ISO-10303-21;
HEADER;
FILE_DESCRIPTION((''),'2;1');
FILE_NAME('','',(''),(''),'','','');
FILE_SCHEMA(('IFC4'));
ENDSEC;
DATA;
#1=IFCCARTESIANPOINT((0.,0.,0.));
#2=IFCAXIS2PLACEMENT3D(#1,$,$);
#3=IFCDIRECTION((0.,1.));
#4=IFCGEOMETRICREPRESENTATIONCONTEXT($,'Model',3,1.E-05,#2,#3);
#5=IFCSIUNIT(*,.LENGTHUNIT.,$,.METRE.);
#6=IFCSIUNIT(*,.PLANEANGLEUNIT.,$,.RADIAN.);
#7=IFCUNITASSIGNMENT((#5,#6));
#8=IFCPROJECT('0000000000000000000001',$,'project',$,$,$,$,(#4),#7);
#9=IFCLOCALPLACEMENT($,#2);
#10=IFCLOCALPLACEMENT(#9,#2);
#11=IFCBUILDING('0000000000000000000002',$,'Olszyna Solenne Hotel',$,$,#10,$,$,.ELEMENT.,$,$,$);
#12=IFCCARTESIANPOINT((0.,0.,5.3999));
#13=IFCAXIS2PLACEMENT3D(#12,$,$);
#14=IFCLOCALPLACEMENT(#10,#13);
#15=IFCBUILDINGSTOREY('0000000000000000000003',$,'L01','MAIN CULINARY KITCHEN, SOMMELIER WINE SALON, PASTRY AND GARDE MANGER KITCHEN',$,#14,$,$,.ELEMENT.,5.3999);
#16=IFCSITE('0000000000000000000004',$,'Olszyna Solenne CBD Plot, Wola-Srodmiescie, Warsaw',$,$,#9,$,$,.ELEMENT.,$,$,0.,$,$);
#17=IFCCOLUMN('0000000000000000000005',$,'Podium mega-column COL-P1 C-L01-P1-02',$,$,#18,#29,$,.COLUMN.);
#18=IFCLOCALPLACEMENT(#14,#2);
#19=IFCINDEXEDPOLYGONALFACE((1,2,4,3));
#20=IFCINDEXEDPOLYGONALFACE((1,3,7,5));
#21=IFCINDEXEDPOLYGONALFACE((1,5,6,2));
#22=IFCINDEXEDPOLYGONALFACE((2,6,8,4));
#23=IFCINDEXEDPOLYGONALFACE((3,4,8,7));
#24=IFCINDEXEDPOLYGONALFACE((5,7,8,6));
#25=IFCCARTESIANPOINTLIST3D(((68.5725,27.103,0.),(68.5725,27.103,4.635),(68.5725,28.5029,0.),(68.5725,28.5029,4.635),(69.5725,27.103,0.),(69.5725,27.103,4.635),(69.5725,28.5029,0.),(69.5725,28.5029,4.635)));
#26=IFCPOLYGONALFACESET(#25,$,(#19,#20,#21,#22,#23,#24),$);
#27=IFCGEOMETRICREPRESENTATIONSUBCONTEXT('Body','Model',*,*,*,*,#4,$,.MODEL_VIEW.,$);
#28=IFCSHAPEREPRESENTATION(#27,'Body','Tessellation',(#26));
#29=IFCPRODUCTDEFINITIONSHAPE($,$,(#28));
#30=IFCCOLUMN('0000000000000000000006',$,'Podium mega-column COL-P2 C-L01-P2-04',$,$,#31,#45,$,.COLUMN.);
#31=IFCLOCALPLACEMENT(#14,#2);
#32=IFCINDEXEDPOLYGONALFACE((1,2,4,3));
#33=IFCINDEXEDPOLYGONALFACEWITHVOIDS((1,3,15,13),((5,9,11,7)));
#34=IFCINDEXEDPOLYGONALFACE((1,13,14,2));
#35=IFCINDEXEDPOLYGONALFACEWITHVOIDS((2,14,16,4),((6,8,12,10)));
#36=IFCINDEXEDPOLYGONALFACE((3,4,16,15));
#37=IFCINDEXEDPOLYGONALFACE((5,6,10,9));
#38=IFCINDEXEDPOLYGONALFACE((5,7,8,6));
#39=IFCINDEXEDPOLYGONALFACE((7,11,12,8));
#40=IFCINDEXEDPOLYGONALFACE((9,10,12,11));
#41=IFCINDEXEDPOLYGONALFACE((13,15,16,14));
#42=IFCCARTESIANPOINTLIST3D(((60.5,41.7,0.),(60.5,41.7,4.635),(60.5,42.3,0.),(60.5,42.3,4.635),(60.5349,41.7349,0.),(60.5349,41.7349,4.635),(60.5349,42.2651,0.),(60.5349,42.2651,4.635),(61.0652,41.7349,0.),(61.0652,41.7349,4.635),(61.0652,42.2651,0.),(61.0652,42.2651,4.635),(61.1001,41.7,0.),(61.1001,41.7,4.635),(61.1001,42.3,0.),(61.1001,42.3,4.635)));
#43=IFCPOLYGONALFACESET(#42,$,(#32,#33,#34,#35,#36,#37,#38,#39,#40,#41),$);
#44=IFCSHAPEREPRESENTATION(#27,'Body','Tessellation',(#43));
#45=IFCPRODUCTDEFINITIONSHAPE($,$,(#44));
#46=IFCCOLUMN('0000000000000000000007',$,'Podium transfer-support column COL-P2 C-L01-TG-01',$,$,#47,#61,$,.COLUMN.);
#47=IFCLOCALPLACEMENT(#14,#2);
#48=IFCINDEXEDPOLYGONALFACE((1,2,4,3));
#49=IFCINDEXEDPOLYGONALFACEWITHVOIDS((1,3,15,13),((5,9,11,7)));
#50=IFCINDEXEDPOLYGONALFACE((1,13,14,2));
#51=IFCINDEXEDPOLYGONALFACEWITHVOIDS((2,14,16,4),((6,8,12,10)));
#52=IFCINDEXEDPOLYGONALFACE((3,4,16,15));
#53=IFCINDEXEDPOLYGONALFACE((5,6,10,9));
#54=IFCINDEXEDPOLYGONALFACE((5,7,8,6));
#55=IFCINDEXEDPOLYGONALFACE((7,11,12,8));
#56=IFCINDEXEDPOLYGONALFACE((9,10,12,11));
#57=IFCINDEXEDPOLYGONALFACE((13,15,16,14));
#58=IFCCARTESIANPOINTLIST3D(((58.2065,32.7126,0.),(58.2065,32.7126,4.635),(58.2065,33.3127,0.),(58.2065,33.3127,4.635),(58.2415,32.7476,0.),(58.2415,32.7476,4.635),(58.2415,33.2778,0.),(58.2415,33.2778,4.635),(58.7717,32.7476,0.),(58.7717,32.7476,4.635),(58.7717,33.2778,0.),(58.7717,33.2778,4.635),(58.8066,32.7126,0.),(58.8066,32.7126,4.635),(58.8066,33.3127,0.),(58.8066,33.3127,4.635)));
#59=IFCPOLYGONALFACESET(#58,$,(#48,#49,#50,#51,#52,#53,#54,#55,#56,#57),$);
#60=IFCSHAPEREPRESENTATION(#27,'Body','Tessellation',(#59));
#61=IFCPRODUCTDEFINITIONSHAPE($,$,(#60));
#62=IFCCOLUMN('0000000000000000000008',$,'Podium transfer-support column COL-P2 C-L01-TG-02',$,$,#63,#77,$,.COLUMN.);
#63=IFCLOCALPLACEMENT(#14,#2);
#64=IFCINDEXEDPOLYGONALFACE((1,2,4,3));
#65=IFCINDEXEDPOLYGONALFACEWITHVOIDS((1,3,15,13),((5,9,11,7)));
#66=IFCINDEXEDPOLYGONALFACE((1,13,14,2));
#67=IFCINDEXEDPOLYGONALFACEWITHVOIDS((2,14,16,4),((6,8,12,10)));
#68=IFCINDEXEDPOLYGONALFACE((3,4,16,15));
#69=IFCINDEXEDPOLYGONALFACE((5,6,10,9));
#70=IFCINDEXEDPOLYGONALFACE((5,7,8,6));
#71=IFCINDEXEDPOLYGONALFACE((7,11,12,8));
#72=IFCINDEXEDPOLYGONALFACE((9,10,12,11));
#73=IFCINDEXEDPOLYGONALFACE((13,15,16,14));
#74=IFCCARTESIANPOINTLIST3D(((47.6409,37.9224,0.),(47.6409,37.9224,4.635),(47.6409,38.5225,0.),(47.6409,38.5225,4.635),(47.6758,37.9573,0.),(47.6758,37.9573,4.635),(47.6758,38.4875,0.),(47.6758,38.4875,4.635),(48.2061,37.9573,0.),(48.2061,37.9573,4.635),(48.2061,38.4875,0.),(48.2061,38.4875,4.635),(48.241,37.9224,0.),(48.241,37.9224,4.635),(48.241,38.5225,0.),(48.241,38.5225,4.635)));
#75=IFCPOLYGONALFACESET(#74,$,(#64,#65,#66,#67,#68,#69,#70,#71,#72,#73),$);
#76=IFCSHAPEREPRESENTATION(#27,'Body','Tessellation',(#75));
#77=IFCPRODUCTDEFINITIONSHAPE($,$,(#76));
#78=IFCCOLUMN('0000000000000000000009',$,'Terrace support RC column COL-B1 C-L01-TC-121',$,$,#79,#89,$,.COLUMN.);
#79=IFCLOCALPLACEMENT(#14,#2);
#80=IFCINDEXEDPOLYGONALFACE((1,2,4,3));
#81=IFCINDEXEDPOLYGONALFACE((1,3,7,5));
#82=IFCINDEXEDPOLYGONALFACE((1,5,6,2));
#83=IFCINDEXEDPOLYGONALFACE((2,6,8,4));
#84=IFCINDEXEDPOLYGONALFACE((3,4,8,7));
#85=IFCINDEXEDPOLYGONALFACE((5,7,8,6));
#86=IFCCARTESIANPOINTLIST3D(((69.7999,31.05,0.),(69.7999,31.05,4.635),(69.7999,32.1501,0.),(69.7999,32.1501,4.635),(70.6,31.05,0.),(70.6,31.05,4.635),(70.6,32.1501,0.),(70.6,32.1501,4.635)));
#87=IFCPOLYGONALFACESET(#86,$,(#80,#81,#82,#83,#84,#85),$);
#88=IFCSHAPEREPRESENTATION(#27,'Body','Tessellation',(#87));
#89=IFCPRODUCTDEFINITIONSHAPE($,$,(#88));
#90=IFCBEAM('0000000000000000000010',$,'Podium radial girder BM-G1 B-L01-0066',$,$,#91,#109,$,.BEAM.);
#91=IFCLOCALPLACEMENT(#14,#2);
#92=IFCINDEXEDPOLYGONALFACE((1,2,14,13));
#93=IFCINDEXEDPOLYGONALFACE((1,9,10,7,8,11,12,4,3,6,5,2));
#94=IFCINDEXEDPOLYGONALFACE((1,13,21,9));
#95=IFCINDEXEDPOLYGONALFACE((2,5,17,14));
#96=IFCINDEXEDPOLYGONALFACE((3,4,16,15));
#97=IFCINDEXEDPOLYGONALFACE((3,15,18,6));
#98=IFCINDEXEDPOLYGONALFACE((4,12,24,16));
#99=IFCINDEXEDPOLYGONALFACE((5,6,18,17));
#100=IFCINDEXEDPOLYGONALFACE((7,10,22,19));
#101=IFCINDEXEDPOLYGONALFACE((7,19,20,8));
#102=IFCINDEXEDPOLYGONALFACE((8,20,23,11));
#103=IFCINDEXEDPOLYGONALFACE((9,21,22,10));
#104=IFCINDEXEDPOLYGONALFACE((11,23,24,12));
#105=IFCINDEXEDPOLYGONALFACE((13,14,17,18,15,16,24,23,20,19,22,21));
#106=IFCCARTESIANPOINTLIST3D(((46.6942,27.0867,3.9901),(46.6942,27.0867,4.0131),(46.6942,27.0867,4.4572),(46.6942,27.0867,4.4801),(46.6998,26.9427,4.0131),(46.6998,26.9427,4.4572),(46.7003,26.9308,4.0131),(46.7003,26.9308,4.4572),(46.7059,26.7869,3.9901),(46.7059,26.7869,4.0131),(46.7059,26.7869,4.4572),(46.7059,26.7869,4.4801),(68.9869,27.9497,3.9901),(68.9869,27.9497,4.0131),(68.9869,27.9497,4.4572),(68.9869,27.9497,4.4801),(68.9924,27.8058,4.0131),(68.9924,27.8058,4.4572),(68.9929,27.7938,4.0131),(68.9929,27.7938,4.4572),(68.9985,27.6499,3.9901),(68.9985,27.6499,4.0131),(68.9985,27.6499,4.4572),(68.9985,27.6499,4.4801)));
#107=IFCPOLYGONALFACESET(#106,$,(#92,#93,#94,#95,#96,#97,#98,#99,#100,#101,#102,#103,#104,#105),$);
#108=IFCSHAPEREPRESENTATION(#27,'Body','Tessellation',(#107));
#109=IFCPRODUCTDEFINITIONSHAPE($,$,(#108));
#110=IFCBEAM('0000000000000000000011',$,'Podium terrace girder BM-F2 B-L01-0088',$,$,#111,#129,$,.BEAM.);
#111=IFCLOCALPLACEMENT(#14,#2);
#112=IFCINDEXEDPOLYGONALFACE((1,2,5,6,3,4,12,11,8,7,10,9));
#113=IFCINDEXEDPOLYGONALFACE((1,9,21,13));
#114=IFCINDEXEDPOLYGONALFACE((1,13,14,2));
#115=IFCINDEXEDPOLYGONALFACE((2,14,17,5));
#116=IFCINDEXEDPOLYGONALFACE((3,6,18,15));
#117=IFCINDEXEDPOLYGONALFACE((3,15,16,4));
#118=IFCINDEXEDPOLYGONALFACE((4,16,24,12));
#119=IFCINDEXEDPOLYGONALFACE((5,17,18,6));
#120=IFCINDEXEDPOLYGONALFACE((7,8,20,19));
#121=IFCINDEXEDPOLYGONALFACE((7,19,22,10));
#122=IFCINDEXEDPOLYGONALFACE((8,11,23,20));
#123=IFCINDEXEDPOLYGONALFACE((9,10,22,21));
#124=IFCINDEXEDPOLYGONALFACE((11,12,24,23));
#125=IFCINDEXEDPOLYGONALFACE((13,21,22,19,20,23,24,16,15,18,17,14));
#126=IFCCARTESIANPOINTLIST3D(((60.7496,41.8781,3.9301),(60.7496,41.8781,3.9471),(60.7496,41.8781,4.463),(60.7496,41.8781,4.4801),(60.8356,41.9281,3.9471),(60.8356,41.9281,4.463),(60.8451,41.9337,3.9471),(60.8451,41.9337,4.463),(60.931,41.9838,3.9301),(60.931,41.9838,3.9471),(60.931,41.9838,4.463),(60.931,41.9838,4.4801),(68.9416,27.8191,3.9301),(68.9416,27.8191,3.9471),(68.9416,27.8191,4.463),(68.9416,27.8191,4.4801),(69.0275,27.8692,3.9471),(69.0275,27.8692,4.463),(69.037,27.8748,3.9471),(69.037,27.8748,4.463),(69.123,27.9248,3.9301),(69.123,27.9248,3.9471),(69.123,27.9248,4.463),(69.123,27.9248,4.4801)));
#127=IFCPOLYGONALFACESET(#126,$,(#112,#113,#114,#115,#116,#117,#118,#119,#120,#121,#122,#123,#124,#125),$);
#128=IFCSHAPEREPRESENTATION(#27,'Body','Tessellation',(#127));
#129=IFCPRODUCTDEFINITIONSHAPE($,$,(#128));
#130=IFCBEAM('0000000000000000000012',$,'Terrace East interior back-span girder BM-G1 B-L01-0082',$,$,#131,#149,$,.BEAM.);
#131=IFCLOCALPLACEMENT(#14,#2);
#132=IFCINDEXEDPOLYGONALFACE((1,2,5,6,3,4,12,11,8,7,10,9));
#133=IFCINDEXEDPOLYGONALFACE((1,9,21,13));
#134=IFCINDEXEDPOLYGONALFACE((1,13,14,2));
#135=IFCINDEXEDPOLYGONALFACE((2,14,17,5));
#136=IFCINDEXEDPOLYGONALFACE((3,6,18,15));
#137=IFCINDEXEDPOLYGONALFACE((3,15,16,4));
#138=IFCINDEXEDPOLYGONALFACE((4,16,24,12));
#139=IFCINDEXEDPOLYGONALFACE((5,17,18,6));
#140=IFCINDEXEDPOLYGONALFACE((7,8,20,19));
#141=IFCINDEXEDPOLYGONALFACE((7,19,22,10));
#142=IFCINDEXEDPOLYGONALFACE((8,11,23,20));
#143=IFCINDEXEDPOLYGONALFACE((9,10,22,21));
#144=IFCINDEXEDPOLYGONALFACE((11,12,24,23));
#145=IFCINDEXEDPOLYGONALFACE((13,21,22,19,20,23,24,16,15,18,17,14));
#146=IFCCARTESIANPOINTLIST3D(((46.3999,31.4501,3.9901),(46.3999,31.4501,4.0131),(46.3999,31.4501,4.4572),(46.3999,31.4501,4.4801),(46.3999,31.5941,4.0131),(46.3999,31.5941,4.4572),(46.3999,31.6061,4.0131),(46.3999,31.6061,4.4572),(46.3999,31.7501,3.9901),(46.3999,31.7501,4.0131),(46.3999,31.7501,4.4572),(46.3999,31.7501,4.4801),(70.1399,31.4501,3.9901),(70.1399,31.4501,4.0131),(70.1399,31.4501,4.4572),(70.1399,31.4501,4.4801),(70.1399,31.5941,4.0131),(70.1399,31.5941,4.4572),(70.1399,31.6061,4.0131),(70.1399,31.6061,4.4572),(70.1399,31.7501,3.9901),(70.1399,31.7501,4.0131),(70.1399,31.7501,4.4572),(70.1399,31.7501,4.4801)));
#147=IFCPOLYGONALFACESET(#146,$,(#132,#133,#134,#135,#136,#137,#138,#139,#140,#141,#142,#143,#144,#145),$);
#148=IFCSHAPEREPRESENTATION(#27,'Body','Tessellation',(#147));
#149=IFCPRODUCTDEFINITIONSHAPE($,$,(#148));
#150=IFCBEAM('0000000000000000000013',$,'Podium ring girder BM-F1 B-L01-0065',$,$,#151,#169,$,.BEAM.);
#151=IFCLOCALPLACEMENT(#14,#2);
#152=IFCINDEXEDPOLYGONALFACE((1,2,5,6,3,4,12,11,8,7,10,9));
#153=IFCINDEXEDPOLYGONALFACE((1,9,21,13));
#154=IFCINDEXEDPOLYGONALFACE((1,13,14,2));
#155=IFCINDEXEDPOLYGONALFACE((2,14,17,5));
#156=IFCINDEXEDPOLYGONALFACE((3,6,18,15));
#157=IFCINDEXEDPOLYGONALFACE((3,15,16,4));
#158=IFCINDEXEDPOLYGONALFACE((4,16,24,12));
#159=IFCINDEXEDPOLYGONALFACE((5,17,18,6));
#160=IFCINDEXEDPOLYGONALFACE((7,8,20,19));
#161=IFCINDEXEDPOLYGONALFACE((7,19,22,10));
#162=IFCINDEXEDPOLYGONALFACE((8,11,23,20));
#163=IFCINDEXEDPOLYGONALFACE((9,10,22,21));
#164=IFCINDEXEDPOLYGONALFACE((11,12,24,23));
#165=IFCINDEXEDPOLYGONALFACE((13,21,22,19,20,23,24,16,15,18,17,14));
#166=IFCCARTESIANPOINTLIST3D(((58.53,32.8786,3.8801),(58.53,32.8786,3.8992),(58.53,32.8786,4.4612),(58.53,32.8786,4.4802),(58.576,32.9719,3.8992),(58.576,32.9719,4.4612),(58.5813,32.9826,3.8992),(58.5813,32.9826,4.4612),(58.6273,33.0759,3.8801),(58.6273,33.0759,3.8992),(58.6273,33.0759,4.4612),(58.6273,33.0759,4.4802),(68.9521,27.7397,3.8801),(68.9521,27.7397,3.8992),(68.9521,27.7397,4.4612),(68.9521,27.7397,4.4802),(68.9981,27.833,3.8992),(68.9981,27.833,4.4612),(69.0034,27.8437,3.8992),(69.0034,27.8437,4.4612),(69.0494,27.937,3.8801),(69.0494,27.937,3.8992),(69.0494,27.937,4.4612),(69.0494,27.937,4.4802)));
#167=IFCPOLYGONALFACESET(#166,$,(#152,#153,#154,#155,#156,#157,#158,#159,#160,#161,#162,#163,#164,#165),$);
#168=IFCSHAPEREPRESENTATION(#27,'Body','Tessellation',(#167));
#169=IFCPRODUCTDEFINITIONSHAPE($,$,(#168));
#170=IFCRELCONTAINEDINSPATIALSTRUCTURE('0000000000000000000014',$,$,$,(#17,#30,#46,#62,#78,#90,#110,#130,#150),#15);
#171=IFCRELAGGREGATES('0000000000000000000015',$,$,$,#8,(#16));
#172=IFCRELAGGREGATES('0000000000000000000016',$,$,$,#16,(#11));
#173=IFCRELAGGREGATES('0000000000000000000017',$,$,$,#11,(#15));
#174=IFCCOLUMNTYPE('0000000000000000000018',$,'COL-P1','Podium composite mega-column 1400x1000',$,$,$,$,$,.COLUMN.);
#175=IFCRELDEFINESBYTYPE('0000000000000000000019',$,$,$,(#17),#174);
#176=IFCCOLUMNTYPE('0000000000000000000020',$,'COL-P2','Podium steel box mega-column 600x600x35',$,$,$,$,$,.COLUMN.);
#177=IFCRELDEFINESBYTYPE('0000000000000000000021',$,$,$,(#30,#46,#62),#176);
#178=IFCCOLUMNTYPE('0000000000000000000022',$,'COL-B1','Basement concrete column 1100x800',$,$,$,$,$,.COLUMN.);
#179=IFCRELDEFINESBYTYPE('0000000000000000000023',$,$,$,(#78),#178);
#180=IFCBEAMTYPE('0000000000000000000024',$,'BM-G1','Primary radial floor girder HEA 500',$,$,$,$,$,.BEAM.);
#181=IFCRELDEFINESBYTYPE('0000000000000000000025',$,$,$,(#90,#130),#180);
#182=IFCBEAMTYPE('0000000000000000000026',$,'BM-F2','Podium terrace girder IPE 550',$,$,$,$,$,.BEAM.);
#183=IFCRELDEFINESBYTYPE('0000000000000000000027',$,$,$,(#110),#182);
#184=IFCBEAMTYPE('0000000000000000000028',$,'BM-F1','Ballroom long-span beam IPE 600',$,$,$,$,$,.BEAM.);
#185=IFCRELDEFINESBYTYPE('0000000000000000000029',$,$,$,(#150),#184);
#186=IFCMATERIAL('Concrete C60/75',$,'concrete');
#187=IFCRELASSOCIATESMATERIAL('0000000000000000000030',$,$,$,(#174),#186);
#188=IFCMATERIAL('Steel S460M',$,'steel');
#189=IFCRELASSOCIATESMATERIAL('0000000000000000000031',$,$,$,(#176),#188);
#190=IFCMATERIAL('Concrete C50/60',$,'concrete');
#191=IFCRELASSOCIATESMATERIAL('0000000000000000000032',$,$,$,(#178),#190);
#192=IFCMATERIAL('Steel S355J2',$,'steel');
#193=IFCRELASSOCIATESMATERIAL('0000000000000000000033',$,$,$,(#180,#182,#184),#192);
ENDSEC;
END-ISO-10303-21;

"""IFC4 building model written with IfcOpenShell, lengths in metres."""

from ifc_helpers import new_model, si_unit, direction, frame, origin, origin_2d, place, context, subcontext, project, spatial, rectangle, hollow_rectangle, i_section, extrude, source, transform, mapped, material, material_profile, profile_set, type_object, element, save


model = new_model("IFC4")

# Units and contexts
model_context = context("Model", 3, precision=1e-05, world=origin(), true_north=direction((0.0, 1.0)))
body_context = subcontext(model_context, "Body", "Model", "MODEL_VIEW")
ifc_project = project(units=[si_unit("LENGTHUNIT", "METRE"), si_unit("PLANEANGLEUNIT", "RADIAN")], contexts=[model_context])

# Site, building, storey
site_placement = place(None, origin())
site = spatial("IfcSite", under=ifc_project, at=site_placement, Name="Olszyna Solenne CBD Plot, Wola-Srodmiescie, Warsaw", CompositionType="ELEMENT", RefElevation=0.0)
building_placement = place(site_placement, origin())
building = spatial("IfcBuilding", under=site, at=building_placement, Name="Olszyna Solenne Hotel", CompositionType="ELEMENT")
storey_placement = place(building_placement, frame((0.0, 0.0, 5.3999)))
storey = spatial("IfcBuildingStorey", under=building, at=storey_placement, Name="L01", Description="MAIN CULINARY KITCHEN, SOMMELIER WINE SALON, PASTRY AND GARDE MANGER KITCHEN", CompositionType="ELEMENT", Elevation=5.3999)

# Columns
ifc_material_1 = material(Name="Concrete C60/75", Category="concrete")
ifc_material_profile_1 = material_profile(ifc_material_1, rectangle(XDim=1.0, YDim=1.3999, at=origin_2d()), Name="RC 1400x1000", Category="load-bearing")
ifc_profile_set_1 = profile_set([ifc_material_profile_1], Name="Concrete C60/75")
column_type_1 = type_object("IfcColumnType", Name="COL-P1", Description="Podium composite mega-column 1400x1000", PredefinedType="COLUMN", material=ifc_profile_set_1)
shared_shape_1 = source(origin(), body_context, "Body", "SweptSolid", [
    extrude(rectangle(XDim=1.0, YDim=1.3999, at=origin_2d()), origin(), (0.0, 0.0, 1.0), 4.635),
])
column_1_placement = place(storey_placement, frame((69.0725, 27.803, 0.0), z_axis=(0.0, 0.0, 1.0), x_axis=(1.0, 0.0, 0.0)))
element("IfcColumn", 1, at=column_1_placement, inside=storey, type_object=column_type_1, Name="Podium mega-column COL-P1 C-L01-P1-02", PredefinedType="COLUMN", context=body_context, shape_type="MappedRepresentation", body=[
    mapped(shared_shape_1, transform((0.0, 0.0, 0.0), x_axis=(1.0, 0.0, 0.0), y_axis=(0.0, 1.0, 0.0), z_axis=(0.0, 0.0, 1.0), scale=1.0)),
])
ifc_material_2 = material(Name="Steel S460M", Category="steel")
ifc_material_profile_2 = material_profile(ifc_material_2, hollow_rectangle(XDim=0.6001, YDim=0.6001, WallThickness=0.0349, at=origin_2d()), Name="SHS 600x600x35", Category="load-bearing")
ifc_profile_set_2 = profile_set([ifc_material_profile_2], Name="Steel S460M")
column_type_2 = type_object("IfcColumnType", Name="COL-P2", Description="Podium steel box mega-column 600x600x35", PredefinedType="COLUMN", material=ifc_profile_set_2)
shared_shape_2 = source(origin(), body_context, "Body", "SweptSolid", [
    extrude(hollow_rectangle(XDim=0.6001, YDim=0.6001, WallThickness=0.0349, at=origin_2d()), origin(), (0.0, 0.0, 1.0), 4.635),
])
for number, where, z_axis, x_axis, name in (
    (2, (60.8, 42.0, 0.0), (0.0, 0.0, 1.0), (1.0, 0.0, 0.0), "Podium mega-column COL-P2 C-L01-P2-04"),
    (3, (58.5066, 33.0127, 0.0), (0.0, 0.0, 1.0), (1.0, 0.0, 0.0), "Podium transfer-support column COL-P2 C-L01-TG-01"),
    (4, (47.9409, 38.2224, 0.0), (0.0, 0.0, 1.0), (1.0, 0.0, 0.0), "Podium transfer-support column COL-P2 C-L01-TG-02"),
):
    element("IfcColumn", number, at=place(storey_placement, frame(where, z_axis=z_axis, x_axis=x_axis)), inside=storey, type_object=column_type_2, Name=name, PredefinedType="COLUMN", context=body_context, shape_type="MappedRepresentation", body=[
        mapped(shared_shape_2, transform((0.0, 0.0, 0.0), x_axis=(1.0, 0.0, 0.0), y_axis=(0.0, 1.0, 0.0), z_axis=(0.0, 0.0, 1.0), scale=1.0)),
    ])
ifc_material_3 = material(Name="Concrete C50/60", Category="concrete")
ifc_material_profile_3 = material_profile(ifc_material_3, rectangle(XDim=0.8, YDim=1.1001, at=origin_2d()), Name="RC 1100x800", Category="load-bearing")
ifc_profile_set_3 = profile_set([ifc_material_profile_3], Name="Concrete C50/60")
column_type_3 = type_object("IfcColumnType", Name="COL-B1", Description="Basement concrete column 1100x800", PredefinedType="COLUMN", material=ifc_profile_set_3)
shared_shape_3 = source(origin(), body_context, "Body", "SweptSolid", [
    extrude(rectangle(XDim=0.8, YDim=1.1001, at=origin_2d()), origin(), (0.0, 0.0, 1.0), 4.635),
])
column_2_placement = place(storey_placement, frame((70.2, 31.6001, 0.0), z_axis=(0.0, 0.0, 1.0), x_axis=(1.0, 0.0, 0.0)))
element("IfcColumn", 5, at=column_2_placement, inside=storey, type_object=column_type_3, Name="Terrace support RC column COL-B1 C-L01-TC-121", PredefinedType="COLUMN", context=body_context, shape_type="MappedRepresentation", body=[
    mapped(shared_shape_3, transform((0.0, 0.0, 0.0), x_axis=(1.0, 0.0, 0.0), y_axis=(0.0, 1.0, 0.0), z_axis=(0.0, 0.0, 1.0), scale=1.0)),
])

# Beams
ifc_material_4 = material(Name="Steel S355J2", Category="steel")
ifc_material_profile_4 = material_profile(ifc_material_4, i_section(OverallWidth=0.3, OverallDepth=0.49, WebThickness=0.012, FlangeThickness=0.0229, at=origin_2d()), Name="HEA 500", Category="load-bearing")
ifc_profile_set_4 = profile_set([ifc_material_profile_4], Name="Steel S355J2")
beam_type_1 = type_object("IfcBeamType", Name="BM-G1", Description="Primary radial floor girder HEA 500", PredefinedType="BEAM", material=ifc_profile_set_4)
shared_shape_4 = source(origin(), body_context, "Body", "SweptSolid", [
    extrude(i_section(OverallWidth=0.3, OverallDepth=0.49, WebThickness=0.012, FlangeThickness=0.0229, at=origin_2d()), origin(), (0.0, 0.0, 1.0), 22.3093),
])
beam_1_placement = place(storey_placement, frame((68.9927, 27.7998, 4.2351), z_axis=(-0.999251, -0.038685, 0.0), x_axis=(0.038685, -0.999251, 0.0)))
element("IfcBeam", 6, at=beam_1_placement, inside=storey, type_object=beam_type_1, Name="Podium radial girder BM-G1 B-L01-0066", PredefinedType="BEAM", context=body_context, shape_type="MappedRepresentation", body=[
    mapped(shared_shape_4, transform((0.0, 0.0, 0.0), x_axis=(1.0, 0.0, 0.0), y_axis=(0.0, 1.0, 0.0), z_axis=(0.0, 0.0, 1.0), scale=1.0)),
])
ifc_material_profile_5 = material_profile(ifc_material_4, i_section(OverallWidth=0.21, OverallDepth=0.55, WebThickness=0.011, FlangeThickness=0.0171, at=origin_2d()), Name="IPE 550", Category="load-bearing")
ifc_profile_set_5 = profile_set([ifc_material_profile_5], Name="Steel S355J2")
beam_type_2 = type_object("IfcBeamType", Name="BM-F2", Description="Podium terrace girder IPE 550", PredefinedType="BEAM", material=ifc_profile_set_5)
shared_shape_5 = source(origin(), body_context, "Body", "SweptSolid", [
    extrude(i_section(OverallWidth=0.21, OverallDepth=0.55, WebThickness=0.011, FlangeThickness=0.0171, at=origin_2d()), origin(), (0.0, 0.0, 1.0), 16.2715),
])
beam_2_placement = place(storey_placement, frame((60.8403, 41.9309, 4.2051), z_axis=(0.503454, -0.864022, 0.0), x_axis=(0.864022, 0.503454, 0.0)))
element("IfcBeam", 7, at=beam_2_placement, inside=storey, type_object=beam_type_2, Name="Podium terrace girder BM-F2 B-L01-0088", PredefinedType="BEAM", context=body_context, shape_type="MappedRepresentation", body=[
    mapped(shared_shape_5, transform((0.0, 0.0, 0.0), x_axis=(1.0, 0.0, 0.0), y_axis=(0.0, 1.0, 0.0), z_axis=(0.0, 0.0, 1.0), scale=1.0)),
])
shared_shape_6 = source(origin(), body_context, "Body", "SweptSolid", [
    extrude(i_section(OverallWidth=0.3, OverallDepth=0.49, WebThickness=0.012, FlangeThickness=0.0229, at=origin_2d()), origin(), (0.0, 0.0, 1.0), 23.74),
])
beam_3_placement = place(storey_placement, frame((46.3999, 31.6001, 4.2351), z_axis=(1.0, 0.0, 0.0), x_axis=(0.0, 1.0, 0.0)))
element("IfcBeam", 8, at=beam_3_placement, inside=storey, type_object=beam_type_1, Name="Terrace East interior back-span girder BM-G1 B-L01-0082", PredefinedType="BEAM", context=body_context, shape_type="MappedRepresentation", body=[
    mapped(shared_shape_6, transform((0.0, 0.0, 0.0), x_axis=(1.0, 0.0, 0.0), y_axis=(0.0, 1.0, 0.0), z_axis=(0.0, 0.0, 1.0), scale=1.0)),
])
ifc_material_profile_6 = material_profile(ifc_material_4, i_section(OverallWidth=0.22, OverallDepth=0.6001, WebThickness=0.012, FlangeThickness=0.019, at=origin_2d()), Name="IPE 600", Category="load-bearing")
ifc_profile_set_6 = profile_set([ifc_material_profile_6], Name="Steel S355J2")
beam_type_3 = type_object("IfcBeamType", Name="BM-F1", Description="Ballroom long-span beam IPE 600", PredefinedType="BEAM", material=ifc_profile_set_6)
shared_shape_7 = source(origin(), body_context, "Body", "SweptSolid", [
    extrude(i_section(OverallWidth=0.22, OverallDepth=0.6001, WebThickness=0.012, FlangeThickness=0.019, at=origin_2d()), origin(), (0.0, 0.0, 1.0), 11.6201),
])
for number, where, z_axis, x_axis, name in (
    (9, (69.0007, 27.8384, 4.1802), (-0.896897, 0.44224, 0.0), (-0.44224, -0.896897, 0.0), "Podium ring girder BM-F1 B-L01-0065"),
):
    element("IfcBeam", number, at=place(storey_placement, frame(where, z_axis=z_axis, x_axis=x_axis)), inside=storey, type_object=beam_type_3, Name=name, PredefinedType="BEAM", context=body_context, shape_type="MappedRepresentation", body=[
        mapped(shared_shape_7, transform((0.0, 0.0, 0.0), x_axis=(1.0, 0.0, 0.0), y_axis=(0.0, 1.0, 0.0), z_axis=(0.0, 0.0, 1.0), scale=1.0)),
    ])

save(model, "model.ifc")
